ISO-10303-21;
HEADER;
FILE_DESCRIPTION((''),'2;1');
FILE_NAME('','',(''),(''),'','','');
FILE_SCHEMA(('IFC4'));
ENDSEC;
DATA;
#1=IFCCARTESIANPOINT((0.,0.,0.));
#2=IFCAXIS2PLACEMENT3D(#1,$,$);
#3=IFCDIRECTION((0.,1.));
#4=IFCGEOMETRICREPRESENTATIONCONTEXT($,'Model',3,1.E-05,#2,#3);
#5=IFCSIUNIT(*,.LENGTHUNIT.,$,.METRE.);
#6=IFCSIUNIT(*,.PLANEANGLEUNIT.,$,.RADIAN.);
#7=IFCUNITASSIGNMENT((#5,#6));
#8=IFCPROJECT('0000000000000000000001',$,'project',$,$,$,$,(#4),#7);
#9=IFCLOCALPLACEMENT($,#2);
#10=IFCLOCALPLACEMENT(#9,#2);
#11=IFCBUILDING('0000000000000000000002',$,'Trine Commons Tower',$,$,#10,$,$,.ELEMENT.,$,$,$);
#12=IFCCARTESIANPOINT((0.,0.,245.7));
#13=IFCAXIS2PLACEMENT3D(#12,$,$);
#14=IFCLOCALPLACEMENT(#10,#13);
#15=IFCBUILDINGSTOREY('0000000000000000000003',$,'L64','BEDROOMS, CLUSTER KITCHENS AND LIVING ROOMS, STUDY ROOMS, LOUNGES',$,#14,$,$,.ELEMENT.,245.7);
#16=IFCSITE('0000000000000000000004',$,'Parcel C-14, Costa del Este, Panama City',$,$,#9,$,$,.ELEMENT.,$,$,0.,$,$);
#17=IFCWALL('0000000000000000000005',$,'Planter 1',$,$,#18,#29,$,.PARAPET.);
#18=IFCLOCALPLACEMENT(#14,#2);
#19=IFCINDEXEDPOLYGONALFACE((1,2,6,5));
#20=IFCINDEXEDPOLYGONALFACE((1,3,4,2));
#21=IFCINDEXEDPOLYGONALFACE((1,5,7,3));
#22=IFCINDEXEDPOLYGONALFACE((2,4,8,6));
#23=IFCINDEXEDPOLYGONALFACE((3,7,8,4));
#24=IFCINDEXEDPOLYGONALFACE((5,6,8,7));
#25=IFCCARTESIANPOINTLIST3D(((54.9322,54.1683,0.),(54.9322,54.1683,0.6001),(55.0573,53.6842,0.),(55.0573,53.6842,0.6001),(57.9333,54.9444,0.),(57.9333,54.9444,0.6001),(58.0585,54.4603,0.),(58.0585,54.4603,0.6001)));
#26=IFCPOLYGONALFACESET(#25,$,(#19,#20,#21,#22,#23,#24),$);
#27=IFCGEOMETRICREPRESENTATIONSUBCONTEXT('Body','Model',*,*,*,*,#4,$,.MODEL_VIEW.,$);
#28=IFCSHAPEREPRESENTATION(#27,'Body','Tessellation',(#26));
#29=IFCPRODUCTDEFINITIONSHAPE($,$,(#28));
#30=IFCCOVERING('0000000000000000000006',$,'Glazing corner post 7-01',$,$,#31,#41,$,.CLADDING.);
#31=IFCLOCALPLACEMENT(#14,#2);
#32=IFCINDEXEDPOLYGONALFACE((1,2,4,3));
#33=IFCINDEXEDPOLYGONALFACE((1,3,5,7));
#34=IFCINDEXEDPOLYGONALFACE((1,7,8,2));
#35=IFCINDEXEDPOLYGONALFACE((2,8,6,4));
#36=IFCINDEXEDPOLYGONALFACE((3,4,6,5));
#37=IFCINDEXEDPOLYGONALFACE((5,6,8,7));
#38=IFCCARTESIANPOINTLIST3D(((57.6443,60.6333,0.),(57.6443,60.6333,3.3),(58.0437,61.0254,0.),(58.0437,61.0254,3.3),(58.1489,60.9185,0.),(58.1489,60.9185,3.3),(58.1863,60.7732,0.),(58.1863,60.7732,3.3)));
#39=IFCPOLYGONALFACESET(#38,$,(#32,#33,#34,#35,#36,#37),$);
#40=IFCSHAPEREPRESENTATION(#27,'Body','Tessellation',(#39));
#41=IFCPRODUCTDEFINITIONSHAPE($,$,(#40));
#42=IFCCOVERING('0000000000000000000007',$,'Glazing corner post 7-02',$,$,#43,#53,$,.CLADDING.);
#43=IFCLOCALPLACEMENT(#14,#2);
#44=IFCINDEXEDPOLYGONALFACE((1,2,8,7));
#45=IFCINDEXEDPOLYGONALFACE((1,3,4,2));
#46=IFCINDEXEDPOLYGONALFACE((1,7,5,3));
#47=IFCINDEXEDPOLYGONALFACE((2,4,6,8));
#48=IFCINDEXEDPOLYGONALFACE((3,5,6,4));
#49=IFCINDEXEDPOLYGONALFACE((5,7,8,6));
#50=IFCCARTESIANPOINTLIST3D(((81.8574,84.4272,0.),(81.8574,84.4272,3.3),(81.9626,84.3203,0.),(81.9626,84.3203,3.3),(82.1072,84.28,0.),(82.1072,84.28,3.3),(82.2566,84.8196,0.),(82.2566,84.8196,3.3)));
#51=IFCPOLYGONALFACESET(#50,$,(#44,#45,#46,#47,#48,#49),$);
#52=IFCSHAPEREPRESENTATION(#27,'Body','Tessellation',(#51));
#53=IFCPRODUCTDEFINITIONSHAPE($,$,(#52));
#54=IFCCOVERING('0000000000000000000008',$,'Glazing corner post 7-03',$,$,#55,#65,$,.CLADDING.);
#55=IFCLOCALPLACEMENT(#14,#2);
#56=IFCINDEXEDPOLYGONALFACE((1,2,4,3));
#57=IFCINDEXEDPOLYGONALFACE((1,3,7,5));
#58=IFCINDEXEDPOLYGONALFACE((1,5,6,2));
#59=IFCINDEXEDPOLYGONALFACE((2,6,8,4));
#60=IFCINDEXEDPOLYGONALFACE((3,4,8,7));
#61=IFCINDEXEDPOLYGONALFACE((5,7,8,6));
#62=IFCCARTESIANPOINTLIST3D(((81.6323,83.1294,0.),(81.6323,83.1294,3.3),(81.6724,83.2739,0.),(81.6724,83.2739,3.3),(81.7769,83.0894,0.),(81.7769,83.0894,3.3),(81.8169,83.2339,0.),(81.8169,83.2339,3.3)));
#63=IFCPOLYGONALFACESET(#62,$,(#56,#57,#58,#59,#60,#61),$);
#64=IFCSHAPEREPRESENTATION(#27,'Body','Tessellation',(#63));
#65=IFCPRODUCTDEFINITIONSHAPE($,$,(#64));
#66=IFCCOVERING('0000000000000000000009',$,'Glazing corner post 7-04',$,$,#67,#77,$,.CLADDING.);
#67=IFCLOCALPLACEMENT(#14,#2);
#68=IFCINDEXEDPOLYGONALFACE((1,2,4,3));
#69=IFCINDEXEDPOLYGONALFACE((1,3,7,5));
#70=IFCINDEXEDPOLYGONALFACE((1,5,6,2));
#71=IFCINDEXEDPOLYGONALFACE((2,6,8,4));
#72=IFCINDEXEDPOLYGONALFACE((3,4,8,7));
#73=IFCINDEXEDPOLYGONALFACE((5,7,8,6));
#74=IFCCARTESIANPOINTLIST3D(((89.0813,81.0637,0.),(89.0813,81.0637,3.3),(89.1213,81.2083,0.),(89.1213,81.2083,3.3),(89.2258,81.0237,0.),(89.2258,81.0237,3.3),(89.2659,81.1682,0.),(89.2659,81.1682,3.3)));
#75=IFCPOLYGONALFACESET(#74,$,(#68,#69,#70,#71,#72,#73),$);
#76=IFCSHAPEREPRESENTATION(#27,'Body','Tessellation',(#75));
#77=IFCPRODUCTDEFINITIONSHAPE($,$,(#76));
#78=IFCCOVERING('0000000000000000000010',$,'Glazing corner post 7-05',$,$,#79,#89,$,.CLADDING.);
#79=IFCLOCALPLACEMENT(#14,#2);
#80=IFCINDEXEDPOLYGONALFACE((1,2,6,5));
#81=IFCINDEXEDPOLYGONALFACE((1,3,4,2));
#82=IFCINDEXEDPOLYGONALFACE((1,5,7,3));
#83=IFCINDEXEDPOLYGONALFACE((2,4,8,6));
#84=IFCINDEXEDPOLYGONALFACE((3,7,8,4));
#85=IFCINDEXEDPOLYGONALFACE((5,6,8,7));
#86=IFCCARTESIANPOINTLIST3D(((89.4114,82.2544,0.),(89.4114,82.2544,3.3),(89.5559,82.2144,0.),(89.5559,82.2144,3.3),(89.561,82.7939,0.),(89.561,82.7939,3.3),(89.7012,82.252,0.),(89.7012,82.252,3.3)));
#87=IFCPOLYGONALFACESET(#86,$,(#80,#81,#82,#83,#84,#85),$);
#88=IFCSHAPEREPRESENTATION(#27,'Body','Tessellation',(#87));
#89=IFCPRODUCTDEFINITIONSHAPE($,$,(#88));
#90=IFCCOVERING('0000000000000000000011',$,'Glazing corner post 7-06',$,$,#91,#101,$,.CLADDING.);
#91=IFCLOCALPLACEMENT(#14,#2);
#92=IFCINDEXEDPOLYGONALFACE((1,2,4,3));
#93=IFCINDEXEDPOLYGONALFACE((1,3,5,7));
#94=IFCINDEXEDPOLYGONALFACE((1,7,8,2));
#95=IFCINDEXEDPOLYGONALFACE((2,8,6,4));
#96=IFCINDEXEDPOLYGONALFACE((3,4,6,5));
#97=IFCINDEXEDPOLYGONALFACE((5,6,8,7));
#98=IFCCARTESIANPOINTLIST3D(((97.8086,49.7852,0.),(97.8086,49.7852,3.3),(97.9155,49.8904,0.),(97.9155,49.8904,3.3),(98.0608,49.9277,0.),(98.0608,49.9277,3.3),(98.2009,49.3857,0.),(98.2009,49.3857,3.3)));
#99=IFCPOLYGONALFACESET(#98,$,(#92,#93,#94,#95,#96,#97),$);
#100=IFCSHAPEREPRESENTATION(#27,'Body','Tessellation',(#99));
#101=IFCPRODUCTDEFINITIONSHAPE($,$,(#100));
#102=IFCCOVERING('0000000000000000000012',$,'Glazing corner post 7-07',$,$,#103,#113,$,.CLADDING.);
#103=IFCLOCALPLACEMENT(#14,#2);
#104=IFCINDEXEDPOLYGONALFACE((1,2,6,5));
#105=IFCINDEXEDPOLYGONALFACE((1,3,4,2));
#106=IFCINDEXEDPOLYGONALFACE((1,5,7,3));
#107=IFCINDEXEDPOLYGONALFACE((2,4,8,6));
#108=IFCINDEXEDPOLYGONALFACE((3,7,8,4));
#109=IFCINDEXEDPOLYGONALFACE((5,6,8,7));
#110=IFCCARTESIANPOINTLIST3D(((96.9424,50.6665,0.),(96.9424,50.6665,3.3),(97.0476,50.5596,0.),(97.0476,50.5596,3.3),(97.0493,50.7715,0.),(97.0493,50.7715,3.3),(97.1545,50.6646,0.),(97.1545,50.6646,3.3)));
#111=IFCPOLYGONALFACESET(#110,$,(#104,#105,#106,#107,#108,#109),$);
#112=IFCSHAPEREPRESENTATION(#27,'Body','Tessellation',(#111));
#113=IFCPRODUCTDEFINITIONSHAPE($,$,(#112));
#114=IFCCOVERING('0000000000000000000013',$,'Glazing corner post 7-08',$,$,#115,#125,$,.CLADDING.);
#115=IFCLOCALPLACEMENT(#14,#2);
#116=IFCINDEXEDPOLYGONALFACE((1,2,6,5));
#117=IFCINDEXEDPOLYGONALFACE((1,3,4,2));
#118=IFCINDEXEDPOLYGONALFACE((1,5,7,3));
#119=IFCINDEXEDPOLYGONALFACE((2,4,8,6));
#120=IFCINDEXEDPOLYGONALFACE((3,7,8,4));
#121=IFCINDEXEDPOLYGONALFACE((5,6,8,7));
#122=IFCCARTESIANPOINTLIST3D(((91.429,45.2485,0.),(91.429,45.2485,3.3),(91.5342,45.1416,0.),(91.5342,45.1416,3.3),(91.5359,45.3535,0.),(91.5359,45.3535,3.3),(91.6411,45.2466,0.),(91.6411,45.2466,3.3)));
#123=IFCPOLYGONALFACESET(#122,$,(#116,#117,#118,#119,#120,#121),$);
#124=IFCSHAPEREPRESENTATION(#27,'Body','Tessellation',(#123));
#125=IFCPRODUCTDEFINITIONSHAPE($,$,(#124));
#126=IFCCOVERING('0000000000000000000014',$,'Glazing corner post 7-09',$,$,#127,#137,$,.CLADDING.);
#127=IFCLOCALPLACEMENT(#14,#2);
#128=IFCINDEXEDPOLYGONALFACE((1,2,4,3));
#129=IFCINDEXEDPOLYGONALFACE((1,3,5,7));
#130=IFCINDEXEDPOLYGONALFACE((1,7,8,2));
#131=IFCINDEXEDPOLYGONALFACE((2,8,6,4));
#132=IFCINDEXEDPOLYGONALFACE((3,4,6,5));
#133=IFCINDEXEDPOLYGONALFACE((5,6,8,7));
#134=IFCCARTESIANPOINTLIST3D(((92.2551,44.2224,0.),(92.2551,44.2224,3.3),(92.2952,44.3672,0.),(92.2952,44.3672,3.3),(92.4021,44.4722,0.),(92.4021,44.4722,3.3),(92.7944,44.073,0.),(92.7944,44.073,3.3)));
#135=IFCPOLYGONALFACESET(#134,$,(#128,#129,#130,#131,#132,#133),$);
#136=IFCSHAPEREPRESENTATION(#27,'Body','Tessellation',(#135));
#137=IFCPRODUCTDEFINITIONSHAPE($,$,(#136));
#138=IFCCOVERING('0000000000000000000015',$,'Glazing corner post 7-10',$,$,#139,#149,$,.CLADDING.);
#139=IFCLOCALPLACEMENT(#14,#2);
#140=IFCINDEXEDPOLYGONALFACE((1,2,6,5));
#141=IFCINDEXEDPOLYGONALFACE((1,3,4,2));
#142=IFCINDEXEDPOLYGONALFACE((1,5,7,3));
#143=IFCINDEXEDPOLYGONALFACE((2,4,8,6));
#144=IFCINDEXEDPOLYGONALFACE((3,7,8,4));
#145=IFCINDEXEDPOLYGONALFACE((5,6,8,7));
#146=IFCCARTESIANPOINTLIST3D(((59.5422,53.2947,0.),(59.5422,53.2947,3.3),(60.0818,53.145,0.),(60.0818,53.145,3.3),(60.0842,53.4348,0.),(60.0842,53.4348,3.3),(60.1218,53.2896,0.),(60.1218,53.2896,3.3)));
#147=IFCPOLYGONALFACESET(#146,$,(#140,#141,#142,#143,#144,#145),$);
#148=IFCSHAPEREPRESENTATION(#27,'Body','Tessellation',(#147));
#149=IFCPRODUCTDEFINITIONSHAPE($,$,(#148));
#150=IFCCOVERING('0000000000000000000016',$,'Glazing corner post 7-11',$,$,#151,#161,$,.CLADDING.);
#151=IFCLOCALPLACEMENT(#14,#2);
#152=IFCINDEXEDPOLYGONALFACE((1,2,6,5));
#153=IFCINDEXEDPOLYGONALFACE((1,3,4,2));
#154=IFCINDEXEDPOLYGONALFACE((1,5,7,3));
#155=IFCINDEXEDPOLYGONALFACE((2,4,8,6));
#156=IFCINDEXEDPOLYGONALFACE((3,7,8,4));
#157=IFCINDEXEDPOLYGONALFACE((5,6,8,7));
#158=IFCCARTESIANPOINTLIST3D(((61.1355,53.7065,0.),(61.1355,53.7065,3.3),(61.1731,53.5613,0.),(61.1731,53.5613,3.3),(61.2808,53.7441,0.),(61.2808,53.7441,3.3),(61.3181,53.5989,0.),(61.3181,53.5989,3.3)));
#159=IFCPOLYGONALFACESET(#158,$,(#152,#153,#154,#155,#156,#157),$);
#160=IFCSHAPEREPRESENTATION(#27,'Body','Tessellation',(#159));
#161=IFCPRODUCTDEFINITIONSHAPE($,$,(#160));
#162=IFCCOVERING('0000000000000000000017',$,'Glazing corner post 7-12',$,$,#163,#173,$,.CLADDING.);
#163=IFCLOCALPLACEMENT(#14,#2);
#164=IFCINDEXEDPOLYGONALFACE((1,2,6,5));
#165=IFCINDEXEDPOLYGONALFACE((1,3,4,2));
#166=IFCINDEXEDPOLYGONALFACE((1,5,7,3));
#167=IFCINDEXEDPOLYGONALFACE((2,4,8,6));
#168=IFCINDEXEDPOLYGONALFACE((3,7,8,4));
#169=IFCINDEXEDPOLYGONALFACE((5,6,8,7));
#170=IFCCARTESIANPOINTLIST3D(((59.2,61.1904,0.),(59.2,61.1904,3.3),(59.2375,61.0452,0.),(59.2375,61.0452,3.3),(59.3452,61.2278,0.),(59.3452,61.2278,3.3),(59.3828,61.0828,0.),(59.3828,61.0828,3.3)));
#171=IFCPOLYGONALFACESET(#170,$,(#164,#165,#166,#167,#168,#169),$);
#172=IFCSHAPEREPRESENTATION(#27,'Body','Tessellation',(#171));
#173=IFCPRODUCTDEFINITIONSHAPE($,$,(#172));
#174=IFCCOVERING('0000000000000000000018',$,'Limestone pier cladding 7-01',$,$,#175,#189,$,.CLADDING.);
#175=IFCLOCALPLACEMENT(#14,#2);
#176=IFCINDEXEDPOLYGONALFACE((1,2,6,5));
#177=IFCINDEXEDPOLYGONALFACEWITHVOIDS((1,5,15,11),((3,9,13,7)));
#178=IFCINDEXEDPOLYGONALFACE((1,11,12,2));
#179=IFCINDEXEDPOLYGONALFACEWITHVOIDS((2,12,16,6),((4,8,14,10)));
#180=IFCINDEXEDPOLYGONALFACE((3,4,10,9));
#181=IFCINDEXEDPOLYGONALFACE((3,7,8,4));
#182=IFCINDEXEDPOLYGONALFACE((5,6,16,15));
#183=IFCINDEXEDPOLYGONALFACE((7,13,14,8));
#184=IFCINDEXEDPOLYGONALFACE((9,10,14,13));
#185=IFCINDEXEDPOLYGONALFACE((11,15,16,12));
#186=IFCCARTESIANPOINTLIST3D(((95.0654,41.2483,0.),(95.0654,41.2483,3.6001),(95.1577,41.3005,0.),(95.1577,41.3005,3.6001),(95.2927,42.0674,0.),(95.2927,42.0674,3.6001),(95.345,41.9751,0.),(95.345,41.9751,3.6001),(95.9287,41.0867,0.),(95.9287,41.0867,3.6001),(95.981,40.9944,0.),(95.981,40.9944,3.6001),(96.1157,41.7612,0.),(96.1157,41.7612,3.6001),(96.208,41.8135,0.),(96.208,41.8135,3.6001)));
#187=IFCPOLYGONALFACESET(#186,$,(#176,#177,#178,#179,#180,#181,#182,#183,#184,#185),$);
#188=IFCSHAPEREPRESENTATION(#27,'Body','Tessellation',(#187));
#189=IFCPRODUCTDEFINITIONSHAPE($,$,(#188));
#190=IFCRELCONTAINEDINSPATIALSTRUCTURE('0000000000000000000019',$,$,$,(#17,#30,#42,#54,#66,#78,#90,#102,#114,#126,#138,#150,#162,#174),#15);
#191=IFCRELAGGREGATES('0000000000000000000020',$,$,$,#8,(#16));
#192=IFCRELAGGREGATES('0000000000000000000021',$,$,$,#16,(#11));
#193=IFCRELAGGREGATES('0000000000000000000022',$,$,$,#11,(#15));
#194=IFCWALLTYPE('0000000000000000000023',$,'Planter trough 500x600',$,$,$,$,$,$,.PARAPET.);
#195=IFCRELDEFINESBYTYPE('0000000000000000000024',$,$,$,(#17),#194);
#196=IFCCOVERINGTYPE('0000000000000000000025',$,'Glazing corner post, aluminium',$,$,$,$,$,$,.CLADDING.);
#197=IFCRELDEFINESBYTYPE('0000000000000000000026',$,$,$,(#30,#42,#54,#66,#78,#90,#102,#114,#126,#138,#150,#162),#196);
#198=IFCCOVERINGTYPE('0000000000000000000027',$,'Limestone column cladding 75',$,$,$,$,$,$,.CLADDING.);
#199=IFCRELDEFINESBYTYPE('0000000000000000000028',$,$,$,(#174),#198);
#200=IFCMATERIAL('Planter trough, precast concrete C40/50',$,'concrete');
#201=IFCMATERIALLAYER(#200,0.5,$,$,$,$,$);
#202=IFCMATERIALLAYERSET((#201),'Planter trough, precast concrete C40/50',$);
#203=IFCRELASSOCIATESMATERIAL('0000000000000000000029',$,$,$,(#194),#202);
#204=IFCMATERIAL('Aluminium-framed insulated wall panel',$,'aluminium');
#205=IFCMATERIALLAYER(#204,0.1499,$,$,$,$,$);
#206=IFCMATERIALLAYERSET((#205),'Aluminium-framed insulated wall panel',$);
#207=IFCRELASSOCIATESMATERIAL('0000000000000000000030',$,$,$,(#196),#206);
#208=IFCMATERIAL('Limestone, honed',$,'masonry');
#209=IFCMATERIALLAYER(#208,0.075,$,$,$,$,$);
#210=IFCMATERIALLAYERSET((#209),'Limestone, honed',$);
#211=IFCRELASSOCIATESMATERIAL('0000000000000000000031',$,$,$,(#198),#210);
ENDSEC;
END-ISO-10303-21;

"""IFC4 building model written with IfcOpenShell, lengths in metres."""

from ifc_helpers import new_model, si_unit, direction, frame, frame_2d, origin, place, context, subcontext, project, spatial, polyline, rectangle, outline, extrude, material, layer, layer_set, type_object, element, save


model = new_model("IFC4")

# Units and contexts
model_context = context("Model", 3, precision=1e-05, world=origin(), true_north=direction((0.0, 1.0)))
body_context = subcontext(model_context, "Body", "Model", "MODEL_VIEW")
ifc_project = project(units=[si_unit("LENGTHUNIT", "METRE"), si_unit("PLANEANGLEUNIT", "RADIAN")], contexts=[model_context])

# Site, building, storey
site_placement = place(None, origin())
site = spatial("IfcSite", under=ifc_project, at=site_placement, Name="Parcel C-14, Costa del Este, Panama City", CompositionType="ELEMENT", RefElevation=0.0)
building_placement = place(site_placement, origin())
building = spatial("IfcBuilding", under=site, at=building_placement, Name="Trine Commons Tower", CompositionType="ELEMENT")
storey_placement = place(building_placement, frame((0.0, 0.0, 245.7)))
storey = spatial("IfcBuildingStorey", under=building, at=storey_placement, Name="L64", Description="BEDROOMS, CLUSTER KITCHENS AND LIVING ROOMS, STUDY ROOMS, LOUNGES", CompositionType="ELEMENT", Elevation=245.7)

# Wall
ifc_material_1 = material(Name="Planter trough, precast concrete C40/50", Category="concrete")
ifc_layer_1 = layer(ifc_material_1, 0.5)
ifc_layer_set_1 = layer_set([ifc_layer_1], Name="Planter trough, precast concrete C40/50")
wall_type = type_object("IfcWallType", Name="Planter trough 500x600", PredefinedType="PARAPET", material=ifc_layer_set_1)
wall_placement = place(storey_placement, frame((54.9949, 53.9263, 0.0), z_axis=(0.0, 0.0, 1.0), x_axis=(0.968151, 0.250366, 0.0)))
element("IfcWall", 1, at=wall_placement, inside=storey, type_object=wall_type, Name="Planter 1", PredefinedType="PARAPET", context=body_context, shape_type="SweptSolid", body=[
    extrude(rectangle(XDim=3.0999, YDim=0.5, at=frame_2d((1.5498, 0.0))), origin(), (0.0, 0.0, 1.0), 0.6001),
])

# Coverings
ifc_material_2 = material(Name="Aluminium-framed insulated wall panel", Category="aluminium")
ifc_layer_2 = layer(ifc_material_2, 0.1499)
ifc_layer_set_2 = layer_set([ifc_layer_2], Name="Aluminium-framed insulated wall panel")
covering_type_1 = type_object("IfcCoveringType", Name="Glazing corner post, aluminium", PredefinedType="CLADDING", material=ifc_layer_set_2)
covering_1_placement = place(storey_placement, origin())
element("IfcCovering", 2, at=covering_1_placement, inside=storey, type_object=covering_type_1, Name="Glazing corner post 7-01", PredefinedType="CLADDING", context=body_context, shape_type="SweptSolid", body=[
    extrude(outline(polyline([(58.1863, 60.7732), (58.1489, 60.9185), (58.0437, 61.0254), (57.6443, 60.6333), (58.1863, 60.7732)])), origin(), (0.0, 0.0, 1.0), 3.3),
])
covering_2_placement = place(storey_placement, origin())
element("IfcCovering", 3, at=covering_2_placement, inside=storey, type_object=covering_type_1, Name="Glazing corner post 7-02", PredefinedType="CLADDING", context=body_context, shape_type="SweptSolid", body=[
    extrude(outline(polyline([(82.1072, 84.28), (82.2566, 84.8196), (81.8574, 84.4272), (81.9626, 84.3203), (82.1072, 84.28)])), origin(), (0.0, 0.0, 1.0), 3.3),
])
covering_3_placement = place(storey_placement, origin())
element("IfcCovering", 4, at=covering_3_placement, inside=storey, type_object=covering_type_1, Name="Glazing corner post 7-03", PredefinedType="CLADDING", context=body_context, shape_type="SweptSolid", body=[
    extrude(outline(polyline([(81.7769, 83.0894), (81.8169, 83.2339), (81.6724, 83.2739), (81.6323, 83.1294), (81.7769, 83.0894)])), origin(), (0.0, 0.0, 1.0), 3.3),
])
covering_4_placement = place(storey_placement, origin())
element("IfcCovering", 5, at=covering_4_placement, inside=storey, type_object=covering_type_1, Name="Glazing corner post 7-04", PredefinedType="CLADDING", context=body_context, shape_type="SweptSolid", body=[
    extrude(outline(polyline([(89.0813, 81.0637), (89.2258, 81.0237), (89.2659, 81.1682), (89.1213, 81.2083), (89.0813, 81.0637)])), origin(), (0.0, 0.0, 1.0), 3.3),
])
covering_5_placement = place(storey_placement, origin())
element("IfcCovering", 6, at=covering_5_placement, inside=storey, type_object=covering_type_1, Name="Glazing corner post 7-05", PredefinedType="CLADDING", context=body_context, shape_type="SweptSolid", body=[
    extrude(outline(polyline([(89.4114, 82.2544), (89.5559, 82.2144), (89.7012, 82.252), (89.561, 82.7939), (89.4114, 82.2544)])), origin(), (0.0, 0.0, 1.0), 3.3),
])
covering_6_placement = place(storey_placement, origin())
element("IfcCovering", 7, at=covering_6_placement, inside=storey, type_object=covering_type_1, Name="Glazing corner post 7-06", PredefinedType="CLADDING", context=body_context, shape_type="SweptSolid", body=[
    extrude(outline(polyline([(97.8086, 49.7852), (98.2009, 49.3857), (98.0608, 49.9277), (97.9155, 49.8904), (97.9155, 49.8904), (97.8086, 49.7852)])), origin(), (0.0, 0.0, 1.0), 3.3),
])
covering_7_placement = place(storey_placement, origin())
element("IfcCovering", 8, at=covering_7_placement, inside=storey, type_object=covering_type_1, Name="Glazing corner post 7-07", PredefinedType="CLADDING", context=body_context, shape_type="SweptSolid", body=[
    extrude(outline(polyline([(96.9424, 50.6665), (97.0476, 50.5596), (97.1545, 50.6646), (97.0493, 50.7715), (96.9424, 50.6665)])), origin(), (0.0, 0.0, 1.0), 3.3),
])
covering_8_placement = place(storey_placement, origin())
element("IfcCovering", 9, at=covering_8_placement, inside=storey, type_object=covering_type_1, Name="Glazing corner post 7-08", PredefinedType="CLADDING", context=body_context, shape_type="SweptSolid", body=[
    extrude(outline(polyline([(91.5342, 45.1416), (91.6411, 45.2466), (91.5359, 45.3535), (91.429, 45.2485), (91.5342, 45.1416)])), origin(), (0.0, 0.0, 1.0), 3.3),
])
covering_9_placement = place(storey_placement, origin())
element("IfcCovering", 10, at=covering_9_placement, inside=storey, type_object=covering_type_1, Name="Glazing corner post 7-09", PredefinedType="CLADDING", context=body_context, shape_type="SweptSolid", body=[
    extrude(outline(polyline([(92.2551, 44.2224), (92.7944, 44.073), (92.4021, 44.4722), (92.2952, 44.3672), (92.2551, 44.2224)])), origin(), (0.0, 0.0, 1.0), 3.3),
])
covering_10_placement = place(storey_placement, origin())
element("IfcCovering", 11, at=covering_10_placement, inside=storey, type_object=covering_type_1, Name="Glazing corner post 7-10", PredefinedType="CLADDING", context=body_context, shape_type="SweptSolid", body=[
    extrude(outline(polyline([(60.0818, 53.145), (60.1218, 53.2896), (60.0842, 53.4348), (59.5422, 53.2947), (60.0818, 53.145)])), origin(), (0.0, 0.0, 1.0), 3.3),
])
covering_11_placement = place(storey_placement, origin())
element("IfcCovering", 12, at=covering_11_placement, inside=storey, type_object=covering_type_1, Name="Glazing corner post 7-11", PredefinedType="CLADDING", context=body_context, shape_type="SweptSolid", body=[
    extrude(outline(polyline([(61.1355, 53.7065), (61.1355, 53.7065), (61.1731, 53.5613), (61.3181, 53.5989), (61.2808, 53.7441), (61.1355, 53.7065)])), origin(), (0.0, 0.0, 1.0), 3.3),
])
covering_12_placement = place(storey_placement, origin())
element("IfcCovering", 13, at=covering_12_placement, inside=storey, type_object=covering_type_1, Name="Glazing corner post 7-12", PredefinedType="CLADDING", context=body_context, shape_type="SweptSolid", body=[
    extrude(outline(polyline([(59.2, 61.1904), (59.2375, 61.0452), (59.3828, 61.0828), (59.3452, 61.2278), (59.2, 61.1904)])), origin(), (0.0, 0.0, 1.0), 3.3),
])
ifc_material_3 = material(Name="Limestone, honed", Category="masonry")
ifc_layer_3 = layer(ifc_material_3, 0.075)
ifc_layer_set_3 = layer_set([ifc_layer_3], Name="Limestone, honed")
covering_type_2 = type_object("IfcCoveringType", Name="Limestone column cladding 75", PredefinedType="CLADDING", material=ifc_layer_set_3)
covering_13_placement = place(storey_placement, origin())
element("IfcCovering", 14, at=covering_13_placement, inside=storey, type_object=covering_type_2, Name="Limestone pier cladding 7-01", PredefinedType="CLADDING", context=body_context, shape_type="SweptSolid", body=[
    extrude(outline(polyline([(95.2927, 42.0674), (95.0654, 41.2483), (95.981, 40.9944), (96.208, 41.8135), (95.2927, 42.0674)]), holes=[polyline([(95.345, 41.9751), (95.1577, 41.3005), (95.9287, 41.0867), (96.1157, 41.7612), (95.345, 41.9751)])]), origin(), (0.0, 0.0, 1.0), 3.6001),
])

save(model, "model.ifc")
